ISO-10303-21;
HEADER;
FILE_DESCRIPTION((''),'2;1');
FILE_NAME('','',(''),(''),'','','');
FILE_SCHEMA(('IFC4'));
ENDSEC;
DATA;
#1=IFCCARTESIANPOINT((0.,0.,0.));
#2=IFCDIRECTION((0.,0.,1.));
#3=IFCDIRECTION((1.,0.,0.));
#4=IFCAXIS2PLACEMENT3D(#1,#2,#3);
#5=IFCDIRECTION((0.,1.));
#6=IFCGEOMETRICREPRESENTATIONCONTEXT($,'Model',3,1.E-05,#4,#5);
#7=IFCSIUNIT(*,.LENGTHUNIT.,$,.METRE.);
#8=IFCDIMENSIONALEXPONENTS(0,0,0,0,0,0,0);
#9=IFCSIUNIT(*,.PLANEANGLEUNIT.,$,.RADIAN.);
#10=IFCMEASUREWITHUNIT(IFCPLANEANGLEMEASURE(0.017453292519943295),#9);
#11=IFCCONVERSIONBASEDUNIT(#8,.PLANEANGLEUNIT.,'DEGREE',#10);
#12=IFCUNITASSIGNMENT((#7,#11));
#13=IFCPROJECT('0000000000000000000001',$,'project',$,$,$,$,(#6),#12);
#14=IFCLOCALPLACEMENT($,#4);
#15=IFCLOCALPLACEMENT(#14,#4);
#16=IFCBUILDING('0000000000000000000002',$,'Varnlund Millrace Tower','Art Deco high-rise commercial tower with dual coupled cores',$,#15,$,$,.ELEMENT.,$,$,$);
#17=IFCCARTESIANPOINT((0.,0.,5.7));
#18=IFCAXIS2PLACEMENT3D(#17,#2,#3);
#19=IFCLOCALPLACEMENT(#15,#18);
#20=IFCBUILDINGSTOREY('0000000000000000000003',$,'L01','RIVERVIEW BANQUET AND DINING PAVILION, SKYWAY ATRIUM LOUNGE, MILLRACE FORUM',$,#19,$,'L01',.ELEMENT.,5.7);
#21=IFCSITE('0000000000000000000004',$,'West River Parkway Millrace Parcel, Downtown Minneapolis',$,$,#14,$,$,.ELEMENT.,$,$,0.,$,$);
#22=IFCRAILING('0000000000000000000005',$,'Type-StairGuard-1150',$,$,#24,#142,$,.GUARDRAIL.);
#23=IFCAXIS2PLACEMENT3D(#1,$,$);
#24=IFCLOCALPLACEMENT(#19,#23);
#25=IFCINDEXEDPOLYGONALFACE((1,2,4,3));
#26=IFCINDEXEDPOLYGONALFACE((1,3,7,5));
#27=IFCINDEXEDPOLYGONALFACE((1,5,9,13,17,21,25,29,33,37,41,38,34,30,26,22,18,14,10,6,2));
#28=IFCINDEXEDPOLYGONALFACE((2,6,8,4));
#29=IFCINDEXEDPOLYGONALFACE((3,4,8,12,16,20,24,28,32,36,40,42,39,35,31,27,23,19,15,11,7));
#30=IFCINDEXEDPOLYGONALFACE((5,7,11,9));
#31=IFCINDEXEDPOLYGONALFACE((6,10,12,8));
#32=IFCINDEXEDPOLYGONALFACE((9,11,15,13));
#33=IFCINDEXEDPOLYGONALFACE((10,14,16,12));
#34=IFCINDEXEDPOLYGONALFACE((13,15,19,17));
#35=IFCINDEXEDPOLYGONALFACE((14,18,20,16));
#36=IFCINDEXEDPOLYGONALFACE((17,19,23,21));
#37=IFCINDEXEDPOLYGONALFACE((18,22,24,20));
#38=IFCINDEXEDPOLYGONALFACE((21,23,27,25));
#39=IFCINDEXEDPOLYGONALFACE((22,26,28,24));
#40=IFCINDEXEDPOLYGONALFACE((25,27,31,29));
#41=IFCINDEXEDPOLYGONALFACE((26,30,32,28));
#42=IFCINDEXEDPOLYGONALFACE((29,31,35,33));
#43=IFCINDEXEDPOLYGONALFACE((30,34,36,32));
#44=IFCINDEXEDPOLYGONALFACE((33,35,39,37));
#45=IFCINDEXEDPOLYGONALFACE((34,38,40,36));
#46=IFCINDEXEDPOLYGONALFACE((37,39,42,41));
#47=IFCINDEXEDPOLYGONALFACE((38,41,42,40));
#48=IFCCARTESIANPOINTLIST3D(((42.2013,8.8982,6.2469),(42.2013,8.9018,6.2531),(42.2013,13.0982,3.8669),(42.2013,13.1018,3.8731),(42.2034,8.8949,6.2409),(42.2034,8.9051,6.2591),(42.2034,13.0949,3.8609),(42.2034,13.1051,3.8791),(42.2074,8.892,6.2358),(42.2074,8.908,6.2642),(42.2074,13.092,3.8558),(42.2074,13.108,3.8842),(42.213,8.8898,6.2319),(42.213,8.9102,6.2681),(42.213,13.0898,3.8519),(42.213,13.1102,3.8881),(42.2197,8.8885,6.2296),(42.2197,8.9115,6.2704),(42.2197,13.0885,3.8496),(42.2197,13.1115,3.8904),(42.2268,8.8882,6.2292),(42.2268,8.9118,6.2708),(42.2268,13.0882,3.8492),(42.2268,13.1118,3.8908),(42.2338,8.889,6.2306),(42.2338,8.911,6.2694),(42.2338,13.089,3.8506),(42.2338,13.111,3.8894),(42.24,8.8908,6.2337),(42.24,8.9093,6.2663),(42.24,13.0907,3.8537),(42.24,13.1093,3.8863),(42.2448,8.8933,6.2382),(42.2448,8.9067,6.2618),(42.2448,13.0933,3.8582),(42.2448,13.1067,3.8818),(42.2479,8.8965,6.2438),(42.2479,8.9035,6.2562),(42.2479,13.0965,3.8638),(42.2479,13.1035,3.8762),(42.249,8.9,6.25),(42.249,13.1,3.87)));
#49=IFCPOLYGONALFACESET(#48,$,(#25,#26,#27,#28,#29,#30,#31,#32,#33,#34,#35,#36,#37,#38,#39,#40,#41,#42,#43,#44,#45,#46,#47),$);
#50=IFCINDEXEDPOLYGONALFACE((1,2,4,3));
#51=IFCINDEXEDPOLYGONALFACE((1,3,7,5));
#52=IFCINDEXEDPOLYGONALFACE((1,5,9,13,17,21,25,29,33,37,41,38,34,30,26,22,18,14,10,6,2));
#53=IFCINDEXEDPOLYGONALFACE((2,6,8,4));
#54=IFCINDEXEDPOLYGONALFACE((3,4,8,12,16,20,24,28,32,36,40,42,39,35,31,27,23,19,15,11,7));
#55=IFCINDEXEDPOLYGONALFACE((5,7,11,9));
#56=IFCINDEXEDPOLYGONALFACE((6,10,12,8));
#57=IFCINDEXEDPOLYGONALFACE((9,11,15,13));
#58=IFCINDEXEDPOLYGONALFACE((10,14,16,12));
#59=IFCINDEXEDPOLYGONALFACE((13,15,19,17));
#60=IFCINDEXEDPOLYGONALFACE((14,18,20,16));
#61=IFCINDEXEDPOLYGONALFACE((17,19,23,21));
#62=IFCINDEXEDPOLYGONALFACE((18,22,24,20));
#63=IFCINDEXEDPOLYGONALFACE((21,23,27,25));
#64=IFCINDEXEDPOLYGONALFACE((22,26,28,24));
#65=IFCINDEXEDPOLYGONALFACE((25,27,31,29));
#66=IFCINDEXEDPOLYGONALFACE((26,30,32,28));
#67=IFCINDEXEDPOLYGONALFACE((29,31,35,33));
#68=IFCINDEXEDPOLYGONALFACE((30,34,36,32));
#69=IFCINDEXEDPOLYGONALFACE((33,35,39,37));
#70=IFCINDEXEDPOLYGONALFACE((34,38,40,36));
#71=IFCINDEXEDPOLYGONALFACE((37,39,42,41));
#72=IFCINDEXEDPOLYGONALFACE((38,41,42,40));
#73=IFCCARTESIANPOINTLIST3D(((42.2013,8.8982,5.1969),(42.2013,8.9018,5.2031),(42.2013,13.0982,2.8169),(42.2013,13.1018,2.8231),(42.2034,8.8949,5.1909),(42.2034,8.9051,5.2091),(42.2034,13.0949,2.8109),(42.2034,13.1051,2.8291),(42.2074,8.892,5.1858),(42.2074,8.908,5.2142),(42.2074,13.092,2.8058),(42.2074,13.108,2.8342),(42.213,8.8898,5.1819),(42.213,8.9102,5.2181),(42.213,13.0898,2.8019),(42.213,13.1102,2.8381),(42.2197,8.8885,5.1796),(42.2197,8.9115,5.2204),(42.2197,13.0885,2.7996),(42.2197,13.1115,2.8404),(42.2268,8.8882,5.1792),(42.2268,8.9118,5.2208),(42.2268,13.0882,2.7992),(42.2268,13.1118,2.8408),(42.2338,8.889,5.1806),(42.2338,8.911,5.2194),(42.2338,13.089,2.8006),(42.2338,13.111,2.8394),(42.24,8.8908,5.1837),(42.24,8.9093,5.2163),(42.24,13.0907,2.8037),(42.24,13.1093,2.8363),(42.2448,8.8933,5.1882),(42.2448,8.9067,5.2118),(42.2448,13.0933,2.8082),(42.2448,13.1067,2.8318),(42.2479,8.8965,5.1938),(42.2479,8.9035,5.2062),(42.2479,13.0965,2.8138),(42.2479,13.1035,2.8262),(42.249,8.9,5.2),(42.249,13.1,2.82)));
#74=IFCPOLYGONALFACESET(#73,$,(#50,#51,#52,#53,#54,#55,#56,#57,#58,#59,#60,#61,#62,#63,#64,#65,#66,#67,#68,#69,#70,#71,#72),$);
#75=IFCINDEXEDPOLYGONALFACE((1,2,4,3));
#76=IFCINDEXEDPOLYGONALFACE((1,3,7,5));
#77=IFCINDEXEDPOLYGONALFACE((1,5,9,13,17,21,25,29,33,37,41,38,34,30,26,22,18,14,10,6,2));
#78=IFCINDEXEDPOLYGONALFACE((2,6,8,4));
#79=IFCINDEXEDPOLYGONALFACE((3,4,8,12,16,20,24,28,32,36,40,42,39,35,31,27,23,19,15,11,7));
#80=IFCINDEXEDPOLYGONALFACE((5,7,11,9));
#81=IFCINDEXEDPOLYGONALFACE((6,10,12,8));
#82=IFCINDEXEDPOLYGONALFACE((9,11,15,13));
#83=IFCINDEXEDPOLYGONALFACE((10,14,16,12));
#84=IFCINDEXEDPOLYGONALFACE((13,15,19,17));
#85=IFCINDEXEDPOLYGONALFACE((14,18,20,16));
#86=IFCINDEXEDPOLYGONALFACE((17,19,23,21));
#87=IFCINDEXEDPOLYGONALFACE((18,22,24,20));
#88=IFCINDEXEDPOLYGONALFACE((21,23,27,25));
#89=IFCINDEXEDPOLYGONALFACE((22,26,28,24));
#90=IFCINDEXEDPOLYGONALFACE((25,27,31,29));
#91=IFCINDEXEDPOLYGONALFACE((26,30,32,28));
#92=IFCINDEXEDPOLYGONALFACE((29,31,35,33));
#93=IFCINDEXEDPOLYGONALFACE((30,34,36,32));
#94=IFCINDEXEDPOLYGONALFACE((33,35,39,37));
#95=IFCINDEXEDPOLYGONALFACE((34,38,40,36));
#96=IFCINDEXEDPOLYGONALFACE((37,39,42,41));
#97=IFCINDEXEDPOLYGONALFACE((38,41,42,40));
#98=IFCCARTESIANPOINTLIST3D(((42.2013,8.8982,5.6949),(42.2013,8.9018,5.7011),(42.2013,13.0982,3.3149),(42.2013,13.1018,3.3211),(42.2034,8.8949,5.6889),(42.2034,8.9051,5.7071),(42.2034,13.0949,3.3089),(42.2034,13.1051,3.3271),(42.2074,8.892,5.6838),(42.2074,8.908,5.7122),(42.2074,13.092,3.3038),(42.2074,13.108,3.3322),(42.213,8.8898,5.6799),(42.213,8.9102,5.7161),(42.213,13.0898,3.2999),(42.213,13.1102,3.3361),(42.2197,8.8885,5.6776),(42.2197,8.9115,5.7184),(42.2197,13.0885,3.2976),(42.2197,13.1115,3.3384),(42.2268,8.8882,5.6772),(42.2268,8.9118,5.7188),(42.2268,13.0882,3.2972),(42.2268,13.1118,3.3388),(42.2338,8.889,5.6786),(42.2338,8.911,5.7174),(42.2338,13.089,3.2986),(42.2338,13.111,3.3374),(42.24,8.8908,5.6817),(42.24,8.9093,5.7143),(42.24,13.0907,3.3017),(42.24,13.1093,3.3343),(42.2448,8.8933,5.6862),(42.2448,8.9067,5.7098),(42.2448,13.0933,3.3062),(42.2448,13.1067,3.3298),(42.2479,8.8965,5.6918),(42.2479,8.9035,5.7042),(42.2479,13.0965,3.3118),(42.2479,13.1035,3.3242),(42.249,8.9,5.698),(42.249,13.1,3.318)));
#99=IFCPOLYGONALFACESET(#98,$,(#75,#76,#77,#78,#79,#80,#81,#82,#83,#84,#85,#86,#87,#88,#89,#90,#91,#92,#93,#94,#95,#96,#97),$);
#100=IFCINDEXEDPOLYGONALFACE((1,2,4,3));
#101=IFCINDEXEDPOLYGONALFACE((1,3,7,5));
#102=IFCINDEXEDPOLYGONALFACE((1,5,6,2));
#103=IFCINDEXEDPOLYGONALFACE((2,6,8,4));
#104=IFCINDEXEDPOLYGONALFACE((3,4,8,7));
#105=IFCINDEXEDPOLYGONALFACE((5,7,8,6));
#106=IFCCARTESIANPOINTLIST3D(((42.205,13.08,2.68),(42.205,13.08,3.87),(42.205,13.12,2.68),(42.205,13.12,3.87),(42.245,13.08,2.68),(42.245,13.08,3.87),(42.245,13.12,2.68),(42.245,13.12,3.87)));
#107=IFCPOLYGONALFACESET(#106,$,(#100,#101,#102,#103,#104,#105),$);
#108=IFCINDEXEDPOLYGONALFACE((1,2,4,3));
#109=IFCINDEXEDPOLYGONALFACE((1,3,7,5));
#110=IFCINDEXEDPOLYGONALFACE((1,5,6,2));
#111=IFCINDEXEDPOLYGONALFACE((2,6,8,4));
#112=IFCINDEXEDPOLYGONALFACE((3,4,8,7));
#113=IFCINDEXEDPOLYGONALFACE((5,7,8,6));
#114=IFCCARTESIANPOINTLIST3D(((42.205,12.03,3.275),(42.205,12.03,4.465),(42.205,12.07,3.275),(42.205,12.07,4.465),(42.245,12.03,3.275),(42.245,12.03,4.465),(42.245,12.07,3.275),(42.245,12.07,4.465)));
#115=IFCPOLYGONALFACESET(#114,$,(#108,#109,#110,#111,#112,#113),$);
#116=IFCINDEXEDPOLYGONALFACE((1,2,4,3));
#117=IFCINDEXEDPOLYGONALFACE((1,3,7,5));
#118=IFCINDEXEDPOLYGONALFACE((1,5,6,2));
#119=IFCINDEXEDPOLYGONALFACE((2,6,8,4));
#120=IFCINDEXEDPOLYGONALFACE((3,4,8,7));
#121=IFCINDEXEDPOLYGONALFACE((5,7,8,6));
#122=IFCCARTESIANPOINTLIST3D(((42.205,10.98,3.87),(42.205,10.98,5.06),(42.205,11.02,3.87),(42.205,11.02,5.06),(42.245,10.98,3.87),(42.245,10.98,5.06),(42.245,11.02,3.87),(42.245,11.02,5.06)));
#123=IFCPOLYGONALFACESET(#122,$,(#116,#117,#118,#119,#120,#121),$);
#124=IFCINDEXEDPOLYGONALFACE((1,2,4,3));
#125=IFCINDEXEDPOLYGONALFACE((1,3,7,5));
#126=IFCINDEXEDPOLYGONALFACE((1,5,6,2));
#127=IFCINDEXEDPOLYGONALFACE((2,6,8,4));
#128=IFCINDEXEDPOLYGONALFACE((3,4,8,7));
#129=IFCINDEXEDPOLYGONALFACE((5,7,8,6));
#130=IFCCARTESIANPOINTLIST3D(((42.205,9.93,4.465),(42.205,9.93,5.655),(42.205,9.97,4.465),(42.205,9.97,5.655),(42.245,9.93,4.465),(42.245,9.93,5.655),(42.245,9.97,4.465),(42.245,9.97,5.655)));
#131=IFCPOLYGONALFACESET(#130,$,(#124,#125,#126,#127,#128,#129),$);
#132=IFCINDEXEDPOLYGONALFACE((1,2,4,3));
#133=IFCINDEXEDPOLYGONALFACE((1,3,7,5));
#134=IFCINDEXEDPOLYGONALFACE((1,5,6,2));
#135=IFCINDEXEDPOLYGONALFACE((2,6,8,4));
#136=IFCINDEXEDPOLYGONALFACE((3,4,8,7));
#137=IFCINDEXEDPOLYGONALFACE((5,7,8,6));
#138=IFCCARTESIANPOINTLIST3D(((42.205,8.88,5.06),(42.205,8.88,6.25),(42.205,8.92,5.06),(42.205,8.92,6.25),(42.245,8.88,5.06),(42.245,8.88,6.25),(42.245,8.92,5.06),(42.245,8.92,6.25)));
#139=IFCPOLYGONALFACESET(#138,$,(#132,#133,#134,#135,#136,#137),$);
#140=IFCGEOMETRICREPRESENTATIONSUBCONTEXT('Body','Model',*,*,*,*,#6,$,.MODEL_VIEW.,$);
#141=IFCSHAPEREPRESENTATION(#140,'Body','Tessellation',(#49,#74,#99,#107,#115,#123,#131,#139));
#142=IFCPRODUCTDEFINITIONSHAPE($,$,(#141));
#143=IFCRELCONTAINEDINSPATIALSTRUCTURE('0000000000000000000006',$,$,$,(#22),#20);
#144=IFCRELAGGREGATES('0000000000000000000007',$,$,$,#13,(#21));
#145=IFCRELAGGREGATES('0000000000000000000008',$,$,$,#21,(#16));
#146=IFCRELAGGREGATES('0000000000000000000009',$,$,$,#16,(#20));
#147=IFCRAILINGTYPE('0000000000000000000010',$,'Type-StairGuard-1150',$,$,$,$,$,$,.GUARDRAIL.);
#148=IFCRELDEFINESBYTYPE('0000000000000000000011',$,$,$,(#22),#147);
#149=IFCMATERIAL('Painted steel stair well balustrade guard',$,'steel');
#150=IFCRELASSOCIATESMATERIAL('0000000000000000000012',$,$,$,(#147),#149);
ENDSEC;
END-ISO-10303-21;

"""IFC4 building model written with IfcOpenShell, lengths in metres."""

from ifc_helpers import new_model, entity, si_unit, converted_unit, direction, frame, origin_with_axes, origin_2d_with_axis, place, context, subcontext, project, spatial, rectangle, circle, extrude, material, type_object, element, save


model = new_model("IFC4")

# Units and contexts
model_context = context("Model", 3, precision=1e-05, world=origin_with_axes(), true_north=direction((0.0, 1.0)))
body_context = subcontext(model_context, "Body", "Model", "MODEL_VIEW")
ifc_project = project(units=[si_unit("LENGTHUNIT", "METRE"), converted_unit("PLANEANGLEUNIT", "DEGREE", entity("IfcPlaneAngleMeasure", 0.017453292519943295), si_unit("PLANEANGLEUNIT", "RADIAN"), dimensions=[0, 0, 0, 0, 0, 0, 0])], contexts=[model_context])

# Site, building, storey
site_placement = place(None, origin_with_axes())
site = spatial("IfcSite", under=ifc_project, at=site_placement, Name="West River Parkway Millrace Parcel, Downtown Minneapolis", CompositionType="ELEMENT", RefElevation=0.0)
building_placement = place(site_placement, origin_with_axes())
building = spatial("IfcBuilding", under=site, at=building_placement, Name="Varnlund Millrace Tower", Description="Art Deco high-rise commercial tower with dual coupled cores", CompositionType="ELEMENT")
storey_placement = place(building_placement, frame((0.0, 0.0, 5.7), z_axis=(0.0, 0.0, 1.0), x_axis=(1.0, 0.0, 0.0)))
storey = spatial("IfcBuildingStorey", under=building, at=storey_placement, Name="L01", Description="RIVERVIEW BANQUET AND DINING PAVILION, SKYWAY ATRIUM LOUNGE, MILLRACE FORUM", LongName="L01", CompositionType="ELEMENT", Elevation=5.7)

# Railing
ifc_material_1 = material(Name="Painted steel stair well balustrade guard", Category="steel")
railing_type_1 = type_object("IfcRailingType", Name="Type-StairGuard-1150", PredefinedType="GUARDRAIL", material=ifc_material_1)
railing_1_placement = place(storey_placement, frame((0.0, 0.0, -5.7), z_axis=(0.0, 0.0, 1.0), x_axis=(1.0, 0.0, 0.0)))
element("IfcRailing", 1, at=railing_1_placement, inside=storey, type_object=railing_type_1, Name="Type-StairGuard-1150", PredefinedType="GUARDRAIL", context=body_context, shape_type="SweptSolid", body=[
    extrude(circle(Radius=0.024, at=origin_2d_with_axis()), frame((42.225, 13.1, 9.57), z_axis=(0.0, -0.870022, 0.493013), x_axis=(1.0, 0.0, 0.0)), (0.0, 0.0, 1.0), 4.8275),
    extrude(circle(Radius=0.024, at=origin_2d_with_axis()), frame((42.225, 13.1, 8.52), z_axis=(0.0, -0.870022, 0.493013), x_axis=(1.0, 0.0, 0.0)), (0.0, 0.0, 1.0), 4.8275),
    extrude(circle(Radius=0.024, at=origin_2d_with_axis()), frame((42.225, 13.1, 9.018), z_axis=(0.0, -0.870022, 0.493013), x_axis=(1.0, 0.0, 0.0)), (0.0, 0.0, 1.0), 4.8275),
    extrude(rectangle(XDim=0.04, YDim=0.04, at=origin_2d_with_axis()), frame((42.225, 13.1, 8.38), z_axis=(0.0, 0.0, 1.0), x_axis=(1.0, 0.0, 0.0)), (0.0, 0.0, 1.0), 1.19),
    extrude(rectangle(XDim=0.04, YDim=0.04, at=origin_2d_with_axis()), frame((42.225, 12.05, 8.975), z_axis=(0.0, 0.0, 1.0), x_axis=(1.0, 0.0, 0.0)), (0.0, 0.0, 1.0), 1.19),
    extrude(rectangle(XDim=0.04, YDim=0.04, at=origin_2d_with_axis()), frame((42.225, 11.0, 9.57), z_axis=(0.0, 0.0, 1.0), x_axis=(1.0, 0.0, 0.0)), (0.0, 0.0, 1.0), 1.19),
    extrude(rectangle(XDim=0.04, YDim=0.04, at=origin_2d_with_axis()), frame((42.225, 9.95, 10.165), z_axis=(0.0, 0.0, 1.0), x_axis=(1.0, 0.0, 0.0)), (0.0, 0.0, 1.0), 1.19),
    extrude(rectangle(XDim=0.04, YDim=0.04, at=origin_2d_with_axis()), frame((42.225, 8.9, 10.76), z_axis=(0.0, 0.0, 1.0), x_axis=(1.0, 0.0, 0.0)), (0.0, 0.0, 1.0), 1.19),
])

save(model, "model.ifc")
